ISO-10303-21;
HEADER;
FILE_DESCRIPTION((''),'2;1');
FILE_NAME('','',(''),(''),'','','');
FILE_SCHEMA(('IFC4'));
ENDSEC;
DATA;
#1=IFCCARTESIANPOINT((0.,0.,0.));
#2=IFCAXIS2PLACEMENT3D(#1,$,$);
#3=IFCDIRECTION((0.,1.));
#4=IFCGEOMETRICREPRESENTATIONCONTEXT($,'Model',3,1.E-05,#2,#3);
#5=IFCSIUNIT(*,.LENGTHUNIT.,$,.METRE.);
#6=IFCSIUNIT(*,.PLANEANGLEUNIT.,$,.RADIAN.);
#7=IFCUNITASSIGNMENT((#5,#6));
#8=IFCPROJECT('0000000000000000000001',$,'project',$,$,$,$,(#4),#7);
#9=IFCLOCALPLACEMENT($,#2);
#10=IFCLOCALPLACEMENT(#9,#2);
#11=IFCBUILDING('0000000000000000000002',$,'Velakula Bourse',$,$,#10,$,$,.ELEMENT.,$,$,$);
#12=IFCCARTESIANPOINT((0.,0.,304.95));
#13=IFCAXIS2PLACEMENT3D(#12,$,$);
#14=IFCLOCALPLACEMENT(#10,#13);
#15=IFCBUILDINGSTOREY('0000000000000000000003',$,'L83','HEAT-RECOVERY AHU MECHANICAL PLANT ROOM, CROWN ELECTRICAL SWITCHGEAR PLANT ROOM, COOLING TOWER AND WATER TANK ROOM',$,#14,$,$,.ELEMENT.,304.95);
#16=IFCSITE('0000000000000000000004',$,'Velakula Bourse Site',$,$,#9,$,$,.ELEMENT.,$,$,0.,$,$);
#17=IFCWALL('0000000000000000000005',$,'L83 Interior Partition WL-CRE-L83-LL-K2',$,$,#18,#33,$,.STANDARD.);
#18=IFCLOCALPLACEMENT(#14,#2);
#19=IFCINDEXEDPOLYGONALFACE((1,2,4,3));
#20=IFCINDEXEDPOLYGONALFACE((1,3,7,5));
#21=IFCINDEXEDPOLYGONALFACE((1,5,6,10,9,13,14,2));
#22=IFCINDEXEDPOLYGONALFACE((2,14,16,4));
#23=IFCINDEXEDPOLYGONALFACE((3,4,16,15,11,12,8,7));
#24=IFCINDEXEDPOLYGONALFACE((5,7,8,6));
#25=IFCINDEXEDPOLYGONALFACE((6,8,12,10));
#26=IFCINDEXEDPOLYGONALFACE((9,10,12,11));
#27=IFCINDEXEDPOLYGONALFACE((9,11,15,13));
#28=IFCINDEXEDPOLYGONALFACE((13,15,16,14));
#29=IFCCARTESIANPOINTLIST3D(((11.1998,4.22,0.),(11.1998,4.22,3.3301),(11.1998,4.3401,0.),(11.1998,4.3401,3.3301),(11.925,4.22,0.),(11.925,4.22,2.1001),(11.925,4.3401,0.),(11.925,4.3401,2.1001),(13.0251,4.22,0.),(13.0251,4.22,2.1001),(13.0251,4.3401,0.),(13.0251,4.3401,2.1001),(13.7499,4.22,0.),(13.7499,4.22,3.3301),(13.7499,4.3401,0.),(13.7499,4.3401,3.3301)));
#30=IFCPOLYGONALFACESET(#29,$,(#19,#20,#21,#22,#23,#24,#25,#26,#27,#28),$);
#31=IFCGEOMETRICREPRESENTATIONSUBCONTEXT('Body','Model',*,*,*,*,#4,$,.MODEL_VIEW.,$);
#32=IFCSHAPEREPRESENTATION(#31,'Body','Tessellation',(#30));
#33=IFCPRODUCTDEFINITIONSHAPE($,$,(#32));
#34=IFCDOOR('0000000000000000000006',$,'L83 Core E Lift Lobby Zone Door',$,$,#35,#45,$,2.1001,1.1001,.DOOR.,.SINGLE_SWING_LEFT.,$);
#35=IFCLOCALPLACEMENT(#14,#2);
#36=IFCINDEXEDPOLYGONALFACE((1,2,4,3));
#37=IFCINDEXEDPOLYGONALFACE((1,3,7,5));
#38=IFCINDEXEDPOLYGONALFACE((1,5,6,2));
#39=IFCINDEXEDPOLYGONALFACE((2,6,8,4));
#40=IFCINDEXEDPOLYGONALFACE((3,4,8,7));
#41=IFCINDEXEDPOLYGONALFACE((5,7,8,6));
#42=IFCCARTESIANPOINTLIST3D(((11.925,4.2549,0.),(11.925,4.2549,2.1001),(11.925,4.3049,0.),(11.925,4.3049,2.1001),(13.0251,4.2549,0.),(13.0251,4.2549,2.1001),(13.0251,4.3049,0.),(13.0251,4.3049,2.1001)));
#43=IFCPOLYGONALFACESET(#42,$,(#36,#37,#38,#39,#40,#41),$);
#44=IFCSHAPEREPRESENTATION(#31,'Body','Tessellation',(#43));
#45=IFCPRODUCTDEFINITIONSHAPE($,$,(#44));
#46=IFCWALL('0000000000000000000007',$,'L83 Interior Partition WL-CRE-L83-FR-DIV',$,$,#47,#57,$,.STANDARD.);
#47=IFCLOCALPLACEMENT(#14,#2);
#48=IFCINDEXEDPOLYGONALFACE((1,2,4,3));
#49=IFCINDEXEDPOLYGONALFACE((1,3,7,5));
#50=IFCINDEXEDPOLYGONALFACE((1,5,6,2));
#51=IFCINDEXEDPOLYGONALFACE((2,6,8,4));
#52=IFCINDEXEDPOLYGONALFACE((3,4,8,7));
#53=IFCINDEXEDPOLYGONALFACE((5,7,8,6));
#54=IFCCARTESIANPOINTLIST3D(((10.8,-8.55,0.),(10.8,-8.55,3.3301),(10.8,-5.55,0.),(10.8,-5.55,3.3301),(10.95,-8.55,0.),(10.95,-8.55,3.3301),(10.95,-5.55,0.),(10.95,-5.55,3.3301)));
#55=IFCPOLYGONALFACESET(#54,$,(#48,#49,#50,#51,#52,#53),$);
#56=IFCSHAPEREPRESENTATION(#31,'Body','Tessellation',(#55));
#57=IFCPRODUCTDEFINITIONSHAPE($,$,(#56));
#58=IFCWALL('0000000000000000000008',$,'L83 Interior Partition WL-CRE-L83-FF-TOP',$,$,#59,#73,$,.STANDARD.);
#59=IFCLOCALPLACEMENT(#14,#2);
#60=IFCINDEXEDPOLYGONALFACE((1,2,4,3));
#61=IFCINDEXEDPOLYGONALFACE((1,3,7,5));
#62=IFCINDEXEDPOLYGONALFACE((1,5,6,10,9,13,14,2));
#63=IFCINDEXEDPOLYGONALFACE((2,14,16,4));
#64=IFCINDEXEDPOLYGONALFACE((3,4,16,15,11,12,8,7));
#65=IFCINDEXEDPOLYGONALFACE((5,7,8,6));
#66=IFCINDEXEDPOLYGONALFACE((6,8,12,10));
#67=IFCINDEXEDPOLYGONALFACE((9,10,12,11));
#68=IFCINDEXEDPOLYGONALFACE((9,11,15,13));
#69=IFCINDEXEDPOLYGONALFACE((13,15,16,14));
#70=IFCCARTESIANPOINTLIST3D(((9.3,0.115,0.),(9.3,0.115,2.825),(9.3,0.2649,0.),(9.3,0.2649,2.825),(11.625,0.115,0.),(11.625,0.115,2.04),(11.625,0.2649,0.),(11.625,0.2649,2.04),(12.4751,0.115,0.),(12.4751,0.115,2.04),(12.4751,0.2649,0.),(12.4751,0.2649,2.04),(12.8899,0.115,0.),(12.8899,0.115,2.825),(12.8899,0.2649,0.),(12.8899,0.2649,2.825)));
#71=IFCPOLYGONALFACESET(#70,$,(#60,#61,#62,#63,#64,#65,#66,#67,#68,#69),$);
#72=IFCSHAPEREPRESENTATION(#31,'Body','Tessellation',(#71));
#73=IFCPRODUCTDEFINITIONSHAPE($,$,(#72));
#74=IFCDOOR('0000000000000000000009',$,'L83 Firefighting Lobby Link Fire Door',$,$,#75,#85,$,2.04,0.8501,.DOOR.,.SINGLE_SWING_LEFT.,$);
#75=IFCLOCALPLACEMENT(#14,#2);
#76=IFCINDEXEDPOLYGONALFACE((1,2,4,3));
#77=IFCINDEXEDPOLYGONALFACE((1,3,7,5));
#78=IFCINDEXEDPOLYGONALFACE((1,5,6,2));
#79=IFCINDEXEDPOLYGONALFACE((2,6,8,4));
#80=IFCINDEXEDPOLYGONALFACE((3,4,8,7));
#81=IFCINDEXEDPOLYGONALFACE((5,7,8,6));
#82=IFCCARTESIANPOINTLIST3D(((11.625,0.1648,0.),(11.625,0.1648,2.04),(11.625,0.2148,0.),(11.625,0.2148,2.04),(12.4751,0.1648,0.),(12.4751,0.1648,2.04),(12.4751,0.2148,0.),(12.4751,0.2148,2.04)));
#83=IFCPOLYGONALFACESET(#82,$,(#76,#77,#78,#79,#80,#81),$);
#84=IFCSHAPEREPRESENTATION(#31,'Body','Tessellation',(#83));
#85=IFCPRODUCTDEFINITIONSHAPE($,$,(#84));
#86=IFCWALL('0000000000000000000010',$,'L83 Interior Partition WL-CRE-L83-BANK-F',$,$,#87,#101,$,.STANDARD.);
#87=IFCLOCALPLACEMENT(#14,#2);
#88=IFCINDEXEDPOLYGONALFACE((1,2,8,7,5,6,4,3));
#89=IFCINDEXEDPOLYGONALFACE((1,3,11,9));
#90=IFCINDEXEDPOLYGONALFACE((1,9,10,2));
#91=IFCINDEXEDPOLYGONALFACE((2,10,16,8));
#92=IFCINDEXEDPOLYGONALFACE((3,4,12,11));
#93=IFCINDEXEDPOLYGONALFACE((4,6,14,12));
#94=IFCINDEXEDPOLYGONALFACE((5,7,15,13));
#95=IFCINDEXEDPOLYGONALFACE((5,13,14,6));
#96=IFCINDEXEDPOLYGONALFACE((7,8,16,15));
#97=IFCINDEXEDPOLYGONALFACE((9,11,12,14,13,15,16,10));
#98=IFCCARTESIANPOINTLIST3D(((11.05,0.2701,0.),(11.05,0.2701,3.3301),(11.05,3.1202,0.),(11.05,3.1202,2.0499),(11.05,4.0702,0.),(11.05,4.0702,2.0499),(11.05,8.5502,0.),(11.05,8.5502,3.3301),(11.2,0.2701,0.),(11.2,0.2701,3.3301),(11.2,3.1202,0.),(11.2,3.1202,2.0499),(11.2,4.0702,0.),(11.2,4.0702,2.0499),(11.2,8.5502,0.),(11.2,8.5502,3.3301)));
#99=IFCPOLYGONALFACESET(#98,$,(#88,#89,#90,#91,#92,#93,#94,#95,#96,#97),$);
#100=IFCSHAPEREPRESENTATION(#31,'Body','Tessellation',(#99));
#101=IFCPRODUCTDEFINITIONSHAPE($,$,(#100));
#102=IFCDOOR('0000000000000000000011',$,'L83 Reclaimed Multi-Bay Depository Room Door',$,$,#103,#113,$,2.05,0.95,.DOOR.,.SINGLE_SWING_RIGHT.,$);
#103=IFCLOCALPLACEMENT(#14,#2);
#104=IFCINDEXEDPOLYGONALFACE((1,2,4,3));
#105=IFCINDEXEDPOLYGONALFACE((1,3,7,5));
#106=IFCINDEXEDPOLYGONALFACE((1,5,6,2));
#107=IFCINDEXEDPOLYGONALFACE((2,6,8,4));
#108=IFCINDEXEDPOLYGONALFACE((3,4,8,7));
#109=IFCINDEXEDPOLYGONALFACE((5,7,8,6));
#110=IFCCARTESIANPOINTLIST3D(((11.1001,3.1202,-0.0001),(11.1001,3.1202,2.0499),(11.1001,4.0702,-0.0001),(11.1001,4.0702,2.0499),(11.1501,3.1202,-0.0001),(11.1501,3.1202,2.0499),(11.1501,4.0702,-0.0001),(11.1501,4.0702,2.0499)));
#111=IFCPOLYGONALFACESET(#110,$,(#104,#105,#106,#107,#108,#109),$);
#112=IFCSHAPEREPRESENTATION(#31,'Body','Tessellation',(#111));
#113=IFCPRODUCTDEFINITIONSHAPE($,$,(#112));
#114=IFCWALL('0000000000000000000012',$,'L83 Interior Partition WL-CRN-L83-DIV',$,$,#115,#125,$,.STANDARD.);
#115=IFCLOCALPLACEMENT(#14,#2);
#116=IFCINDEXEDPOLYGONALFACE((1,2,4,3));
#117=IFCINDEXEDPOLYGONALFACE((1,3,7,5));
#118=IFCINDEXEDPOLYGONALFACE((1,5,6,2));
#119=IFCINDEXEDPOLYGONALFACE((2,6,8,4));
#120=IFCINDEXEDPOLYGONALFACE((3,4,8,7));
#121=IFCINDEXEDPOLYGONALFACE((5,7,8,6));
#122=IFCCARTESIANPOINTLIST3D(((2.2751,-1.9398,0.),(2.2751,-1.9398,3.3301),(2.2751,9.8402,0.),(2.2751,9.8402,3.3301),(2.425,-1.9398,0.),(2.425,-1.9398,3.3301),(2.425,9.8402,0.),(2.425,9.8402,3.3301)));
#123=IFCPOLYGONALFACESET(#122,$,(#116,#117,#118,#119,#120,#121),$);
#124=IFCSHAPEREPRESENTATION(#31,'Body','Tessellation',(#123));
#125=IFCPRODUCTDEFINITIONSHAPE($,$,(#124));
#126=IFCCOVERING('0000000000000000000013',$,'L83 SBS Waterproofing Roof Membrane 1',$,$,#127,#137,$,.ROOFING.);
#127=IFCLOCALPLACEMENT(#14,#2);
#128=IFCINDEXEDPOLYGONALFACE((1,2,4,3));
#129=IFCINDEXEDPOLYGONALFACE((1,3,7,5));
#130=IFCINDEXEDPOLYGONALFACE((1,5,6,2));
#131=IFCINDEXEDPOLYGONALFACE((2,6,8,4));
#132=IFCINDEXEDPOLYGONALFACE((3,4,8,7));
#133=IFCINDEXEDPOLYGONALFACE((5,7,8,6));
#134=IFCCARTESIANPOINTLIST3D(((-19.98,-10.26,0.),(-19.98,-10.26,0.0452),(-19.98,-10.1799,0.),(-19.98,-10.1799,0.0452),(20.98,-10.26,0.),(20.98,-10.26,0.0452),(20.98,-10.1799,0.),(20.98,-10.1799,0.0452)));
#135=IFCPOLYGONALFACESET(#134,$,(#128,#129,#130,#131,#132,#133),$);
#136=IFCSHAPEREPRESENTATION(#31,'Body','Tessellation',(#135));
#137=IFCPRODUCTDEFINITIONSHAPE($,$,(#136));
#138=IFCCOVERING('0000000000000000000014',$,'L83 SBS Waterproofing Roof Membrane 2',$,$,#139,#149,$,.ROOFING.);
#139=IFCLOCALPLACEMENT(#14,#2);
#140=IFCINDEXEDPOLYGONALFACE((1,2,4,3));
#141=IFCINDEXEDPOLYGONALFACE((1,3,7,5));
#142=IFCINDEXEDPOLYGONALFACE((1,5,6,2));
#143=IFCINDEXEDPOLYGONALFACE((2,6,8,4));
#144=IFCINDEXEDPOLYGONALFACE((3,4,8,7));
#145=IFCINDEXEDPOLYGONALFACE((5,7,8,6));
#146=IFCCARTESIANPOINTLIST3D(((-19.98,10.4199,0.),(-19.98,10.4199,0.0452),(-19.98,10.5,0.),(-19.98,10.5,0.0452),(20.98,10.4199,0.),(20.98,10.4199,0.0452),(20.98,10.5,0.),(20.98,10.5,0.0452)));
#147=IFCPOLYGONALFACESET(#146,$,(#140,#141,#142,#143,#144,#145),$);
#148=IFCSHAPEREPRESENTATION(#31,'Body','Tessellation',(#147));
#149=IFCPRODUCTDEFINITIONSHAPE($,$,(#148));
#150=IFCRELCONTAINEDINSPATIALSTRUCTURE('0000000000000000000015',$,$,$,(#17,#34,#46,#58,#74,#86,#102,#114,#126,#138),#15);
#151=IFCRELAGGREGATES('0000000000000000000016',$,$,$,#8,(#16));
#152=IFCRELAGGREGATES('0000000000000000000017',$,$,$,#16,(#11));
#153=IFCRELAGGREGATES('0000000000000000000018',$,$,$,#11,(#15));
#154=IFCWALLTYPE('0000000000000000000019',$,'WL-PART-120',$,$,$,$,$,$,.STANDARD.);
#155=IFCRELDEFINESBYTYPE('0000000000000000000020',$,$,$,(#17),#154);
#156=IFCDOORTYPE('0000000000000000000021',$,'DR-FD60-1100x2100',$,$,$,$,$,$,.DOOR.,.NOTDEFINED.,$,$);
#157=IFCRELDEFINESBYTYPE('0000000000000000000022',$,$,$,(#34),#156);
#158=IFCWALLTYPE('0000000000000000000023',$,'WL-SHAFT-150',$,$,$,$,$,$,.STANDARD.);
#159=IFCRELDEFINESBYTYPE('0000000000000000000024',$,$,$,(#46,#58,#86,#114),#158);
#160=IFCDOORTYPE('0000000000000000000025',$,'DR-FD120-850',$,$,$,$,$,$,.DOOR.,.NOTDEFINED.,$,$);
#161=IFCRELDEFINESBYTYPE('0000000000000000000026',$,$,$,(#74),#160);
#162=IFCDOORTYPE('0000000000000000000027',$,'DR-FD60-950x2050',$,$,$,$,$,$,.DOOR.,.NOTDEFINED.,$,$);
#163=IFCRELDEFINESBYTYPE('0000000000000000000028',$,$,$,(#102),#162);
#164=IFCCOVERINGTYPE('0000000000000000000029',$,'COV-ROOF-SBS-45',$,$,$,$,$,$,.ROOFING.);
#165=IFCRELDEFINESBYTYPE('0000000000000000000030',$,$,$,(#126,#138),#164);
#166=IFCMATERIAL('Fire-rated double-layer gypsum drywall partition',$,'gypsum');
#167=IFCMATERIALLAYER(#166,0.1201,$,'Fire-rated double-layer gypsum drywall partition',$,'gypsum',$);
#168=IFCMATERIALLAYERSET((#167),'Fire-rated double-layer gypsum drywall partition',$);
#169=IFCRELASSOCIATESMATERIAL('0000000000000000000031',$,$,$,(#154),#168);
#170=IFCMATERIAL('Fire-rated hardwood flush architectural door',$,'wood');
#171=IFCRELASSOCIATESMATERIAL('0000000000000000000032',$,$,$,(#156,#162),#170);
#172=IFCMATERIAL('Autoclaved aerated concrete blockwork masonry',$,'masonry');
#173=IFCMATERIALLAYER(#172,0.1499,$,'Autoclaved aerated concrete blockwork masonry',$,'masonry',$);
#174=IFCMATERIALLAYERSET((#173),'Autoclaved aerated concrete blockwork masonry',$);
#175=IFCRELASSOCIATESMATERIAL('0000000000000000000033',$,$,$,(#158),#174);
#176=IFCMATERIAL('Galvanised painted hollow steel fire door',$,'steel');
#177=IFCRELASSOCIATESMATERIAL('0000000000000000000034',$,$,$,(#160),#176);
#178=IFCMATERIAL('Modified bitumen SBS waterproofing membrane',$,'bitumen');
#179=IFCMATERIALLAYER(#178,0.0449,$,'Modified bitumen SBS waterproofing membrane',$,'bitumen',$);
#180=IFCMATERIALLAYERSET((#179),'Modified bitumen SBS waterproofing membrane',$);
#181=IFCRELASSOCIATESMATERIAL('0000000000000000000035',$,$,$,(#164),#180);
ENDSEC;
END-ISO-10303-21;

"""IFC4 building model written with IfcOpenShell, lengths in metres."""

from ifc_helpers import new_model, si_unit, direction, frame, frame_2d, origin, place, context, subcontext, project, spatial, polyline, rectangle, outline, extrude, material, layer, layer_set, type_object, element, fill, save


model = new_model("IFC4")

# Units and contexts
model_context = context("Model", 3, precision=1e-05, world=origin(), true_north=direction((0.0, 1.0)))
body_context = subcontext(model_context, "Body", "Model", "MODEL_VIEW")
ifc_project = project(units=[si_unit("LENGTHUNIT", "METRE"), si_unit("PLANEANGLEUNIT", "RADIAN")], contexts=[model_context])

# Site, building, storey
site_placement = place(None, origin())
site = spatial("IfcSite", under=ifc_project, at=site_placement, Name="Velakula Bourse Site", CompositionType="ELEMENT", RefElevation=0.0)
building_placement = place(site_placement, origin())
building = spatial("IfcBuilding", under=site, at=building_placement, Name="Velakula Bourse", CompositionType="ELEMENT")
storey_placement = place(building_placement, frame((0.0, 0.0, 304.95)))
storey = spatial("IfcBuildingStorey", under=building, at=storey_placement, Name="L83", Description="HEAT-RECOVERY AHU MECHANICAL PLANT ROOM, CROWN ELECTRICAL SWITCHGEAR PLANT ROOM, COOLING TOWER AND WATER TANK ROOM", CompositionType="ELEMENT", Elevation=304.95)

# Wall, opening, door
ifc_material_1 = material(Name="Galvanised painted hollow steel fire door", Category="steel")
ifc_material_2 = material(Name="Fire-rated double-layer gypsum drywall partition", Category="gypsum")
ifc_layer_1 = layer(ifc_material_2, 0.1201, Name="Fire-rated double-layer gypsum drywall partition", Category="gypsum")
ifc_layer_set_1 = layer_set([ifc_layer_1], Name="Fire-rated double-layer gypsum drywall partition")
wall_type_1 = type_object("IfcWallType", Name="WL-PART-120", PredefinedType="STANDARD", material=ifc_layer_set_1)
wall_1_placement = place(storey_placement, frame((11.2, 4.28, 0.0), z_axis=(0.0, 0.0, 1.0), x_axis=(1.0, 0.0, 0.0)))
wall_1 = element("IfcWall", 1, at=wall_1_placement, inside=storey, type_object=wall_type_1, Name="L83 Interior Partition WL-CRE-L83-LL-K2", PredefinedType="STANDARD", context=body_context, shape_type="SweptSolid", body=[
    extrude(rectangle(XDim=2.55, YDim=0.1201, at=frame_2d((1.2749, 0.0))), origin(), (0.0, 0.0, 1.0), 3.3301),
])
opening_1_placement = place(wall_1_placement, frame((0.7251, 0.0, 0.0)))
opening_1 = element("IfcOpeningElement", 2, at=opening_1_placement, cuts=wall_1, PredefinedType="OPENING", context=body_context, shape_type="SweptSolid", body=[
    extrude(rectangle(XDim=1.1001, YDim=2.1001, at=frame_2d((0.55, 1.05))), frame((0.0, 0.0701, 0.0), z_axis=(0.0, -1.0, 0.0), x_axis=(1.0, 0.0, 0.0)), (0.0, 0.0, 1.0), 0.1401),
])
ifc_material_3 = material(Name="Fire-rated hardwood flush architectural door", Category="wood")
door_type_1 = type_object("IfcDoorType", Name="DR-FD60-1100x2100", OperationType="NOTDEFINED", PredefinedType="DOOR", material=ifc_material_3)
door_1_placement = place(opening_1_placement, origin())
door_1 = element("IfcDoor", 3, at=door_1_placement, inside=storey, type_object=door_type_1, Name="L83 Core E Lift Lobby Zone Door", OperationType="SINGLE_SWING_LEFT", OverallHeight=2.1001, OverallWidth=1.1001, PredefinedType="DOOR", context=body_context, shape_type="SweptSolid", body=[
    extrude(rectangle(XDim=1.1001, YDim=2.1001, at=frame_2d((0.55, 1.05))), frame((0.0, 0.0249, 0.0), z_axis=(0.0, -1.0, 0.0), x_axis=(1.0, 0.0, 0.0)), (0.0, 0.0, 1.0), 0.05),
])
fill(opening_1, door_1)

# Shared definitions
ifc_material_4 = material(Name="Autoclaved aerated concrete blockwork masonry", Category="masonry")
ifc_layer_2 = layer(ifc_material_4, 0.1499, Name="Autoclaved aerated concrete blockwork masonry", Category="masonry")
ifc_layer_set_2 = layer_set([ifc_layer_2], Name="Autoclaved aerated concrete blockwork masonry")
wall_type_2 = type_object("IfcWallType", Name="WL-SHAFT-150", PredefinedType="STANDARD", material=ifc_layer_set_2)

# Wall
wall_2_placement = place(storey_placement, frame((10.875, -8.55, 0.0), z_axis=(0.0, 0.0, 1.0), x_axis=(0.0, 1.0, 0.0)))
element("IfcWall", 4, at=wall_2_placement, inside=storey, type_object=wall_type_2, Name="L83 Interior Partition WL-CRE-L83-FR-DIV", PredefinedType="STANDARD", context=body_context, shape_type="SweptSolid", body=[
    extrude(rectangle(XDim=3.0, YDim=0.1499, at=frame_2d((1.5, 0.0))), origin(), (0.0, 0.0, 1.0), 3.3301),
])

# Walls, openings, doors
wall_3_placement = place(storey_placement, frame((9.3, 0.1899, 0.0), z_axis=(0.0, 0.0, 1.0), x_axis=(1.0, 0.0, 0.0)))
wall_3 = element("IfcWall", 5, at=wall_3_placement, inside=storey, type_object=wall_type_2, Name="L83 Interior Partition WL-CRE-L83-FF-TOP", PredefinedType="STANDARD", context=body_context, shape_type="SweptSolid", body=[
    extrude(rectangle(XDim=3.5898, YDim=0.1499, at=frame_2d((1.7949, 0.0))), origin(), (0.0, 0.0, 1.0), 2.825),
])
opening_2_placement = place(wall_3_placement, frame((2.325, 0.0, 0.0)))
opening_2 = element("IfcOpeningElement", 6, at=opening_2_placement, cuts=wall_3, PredefinedType="OPENING", context=body_context, shape_type="SweptSolid", body=[
    extrude(rectangle(XDim=0.8501, YDim=2.04, at=frame_2d((0.425, 1.02))), frame((0.0, 0.085, 0.0), z_axis=(0.0, -1.0, 0.0), x_axis=(1.0, 0.0, 0.0)), (0.0, 0.0, 1.0), 0.1699),
])
door_type_2 = type_object("IfcDoorType", Name="DR-FD120-850", OperationType="NOTDEFINED", PredefinedType="DOOR", material=ifc_material_1)
door_2_placement = place(opening_2_placement, origin())
door_2 = element("IfcDoor", 7, at=door_2_placement, inside=storey, type_object=door_type_2, Name="L83 Firefighting Lobby Link Fire Door", OperationType="SINGLE_SWING_LEFT", OverallHeight=2.04, OverallWidth=0.8501, PredefinedType="DOOR", context=body_context, shape_type="SweptSolid", body=[
    extrude(rectangle(XDim=0.8501, YDim=2.04, at=frame_2d((0.425, 1.02))), frame((0.0, 0.0249, 0.0), z_axis=(0.0, -1.0, 0.0), x_axis=(1.0, 0.0, 0.0)), (0.0, 0.0, 1.0), 0.05),
])
fill(opening_2, door_2)
wall_4_placement = place(storey_placement, frame((11.125, 0.27, 0.0), z_axis=(0.0, 0.0, 1.0), x_axis=(0.0, 1.0, 0.0)))
wall_4 = element("IfcWall", 8, at=wall_4_placement, inside=storey, type_object=wall_type_2, Name="L83 Interior Partition WL-CRE-L83-BANK-F", PredefinedType="STANDARD", context=body_context, shape_type="SweptSolid", body=[
    extrude(rectangle(XDim=8.28, YDim=0.1499, at=frame_2d((4.1401, 0.0))), origin(), (0.0, 0.0, 1.0), 3.3301),
])
opening_3_placement = place(wall_4_placement, frame((2.8501, 0.0, 0.0)))
opening_3 = element("IfcOpeningElement", 9, at=opening_3_placement, cuts=wall_4, PredefinedType="OPENING", context=body_context, shape_type="SweptSolid", body=[
    extrude(rectangle(XDim=0.95, YDim=2.05, at=frame_2d((0.4751, 1.0249))), frame((0.0, 0.085, 0.0), z_axis=(0.0, -1.0, 0.0), x_axis=(1.0, 0.0, 0.0)), (0.0, 0.0, 1.0), 0.1699),
])
door_type_3 = type_object("IfcDoorType", Name="DR-FD60-950x2050", OperationType="NOTDEFINED", PredefinedType="DOOR", material=ifc_material_3)
door_3_placement = place(opening_3_placement, origin())
door_3 = element("IfcDoor", 10, at=door_3_placement, inside=storey, type_object=door_type_3, Name="L83 Reclaimed Multi-Bay Depository Room Door", OperationType="SINGLE_SWING_RIGHT", OverallHeight=2.05, OverallWidth=0.95, PredefinedType="DOOR", context=body_context, shape_type="SweptSolid", body=[
    extrude(rectangle(XDim=0.95, YDim=2.05, at=frame_2d((0.4751, 1.0249))), frame((0.0, 0.0249, 0.0), z_axis=(0.0, -1.0, 0.0), x_axis=(1.0, 0.0, 0.0)), (0.0, 0.0, 1.0), 0.05),
])
fill(opening_3, door_3)

# Wall
wall_5_placement = place(storey_placement, frame((2.3501, -1.9399, 0.0), z_axis=(0.0, 0.0, 1.0), x_axis=(0.0, 1.0, 0.0)))
element("IfcWall", 11, at=wall_5_placement, inside=storey, type_object=wall_type_2, Name="L83 Interior Partition WL-CRN-L83-DIV", PredefinedType="STANDARD", context=body_context, shape_type="SweptSolid", body=[
    extrude(rectangle(XDim=11.78, YDim=0.1499, at=frame_2d((5.8901, 0.0))), origin(), (0.0, 0.0, 1.0), 3.3301),
])

# Coverings
ifc_material_5 = material(Name="Modified bitumen SBS waterproofing membrane", Category="bitumen")
ifc_layer_3 = layer(ifc_material_5, 0.0449, Name="Modified bitumen SBS waterproofing membrane", Category="bitumen")
ifc_layer_set_3 = layer_set([ifc_layer_3], Name="Modified bitumen SBS waterproofing membrane")
covering_type = type_object("IfcCoveringType", Name="COV-ROOF-SBS-45", PredefinedType="ROOFING", material=ifc_layer_set_3)
covering_1_placement = place(storey_placement, origin())
element("IfcCovering", 12, at=covering_1_placement, inside=storey, type_object=covering_type, Name="L83 SBS Waterproofing Roof Membrane 1", PredefinedType="ROOFING", context=body_context, shape_type="SweptSolid", body=[
    extrude(outline(polyline([(-19.98, -10.1799), (20.98, -10.1799), (20.98, -10.26), (-19.98, -10.26), (-19.98, -10.1799)])), origin(), (0.0, 0.0, 1.0), 0.0452),
])
covering_2_placement = place(storey_placement, origin())
element("IfcCovering", 13, at=covering_2_placement, inside=storey, type_object=covering_type, Name="L83 SBS Waterproofing Roof Membrane 2", PredefinedType="ROOFING", context=body_context, shape_type="SweptSolid", body=[
    extrude(outline(polyline([(20.98, 10.4199), (-19.98, 10.4199), (-19.98, 10.5), (20.98, 10.5), (20.98, 10.4199)])), origin(), (0.0, 0.0, 1.0), 0.0452),
])

save(model, "model.ifc")
